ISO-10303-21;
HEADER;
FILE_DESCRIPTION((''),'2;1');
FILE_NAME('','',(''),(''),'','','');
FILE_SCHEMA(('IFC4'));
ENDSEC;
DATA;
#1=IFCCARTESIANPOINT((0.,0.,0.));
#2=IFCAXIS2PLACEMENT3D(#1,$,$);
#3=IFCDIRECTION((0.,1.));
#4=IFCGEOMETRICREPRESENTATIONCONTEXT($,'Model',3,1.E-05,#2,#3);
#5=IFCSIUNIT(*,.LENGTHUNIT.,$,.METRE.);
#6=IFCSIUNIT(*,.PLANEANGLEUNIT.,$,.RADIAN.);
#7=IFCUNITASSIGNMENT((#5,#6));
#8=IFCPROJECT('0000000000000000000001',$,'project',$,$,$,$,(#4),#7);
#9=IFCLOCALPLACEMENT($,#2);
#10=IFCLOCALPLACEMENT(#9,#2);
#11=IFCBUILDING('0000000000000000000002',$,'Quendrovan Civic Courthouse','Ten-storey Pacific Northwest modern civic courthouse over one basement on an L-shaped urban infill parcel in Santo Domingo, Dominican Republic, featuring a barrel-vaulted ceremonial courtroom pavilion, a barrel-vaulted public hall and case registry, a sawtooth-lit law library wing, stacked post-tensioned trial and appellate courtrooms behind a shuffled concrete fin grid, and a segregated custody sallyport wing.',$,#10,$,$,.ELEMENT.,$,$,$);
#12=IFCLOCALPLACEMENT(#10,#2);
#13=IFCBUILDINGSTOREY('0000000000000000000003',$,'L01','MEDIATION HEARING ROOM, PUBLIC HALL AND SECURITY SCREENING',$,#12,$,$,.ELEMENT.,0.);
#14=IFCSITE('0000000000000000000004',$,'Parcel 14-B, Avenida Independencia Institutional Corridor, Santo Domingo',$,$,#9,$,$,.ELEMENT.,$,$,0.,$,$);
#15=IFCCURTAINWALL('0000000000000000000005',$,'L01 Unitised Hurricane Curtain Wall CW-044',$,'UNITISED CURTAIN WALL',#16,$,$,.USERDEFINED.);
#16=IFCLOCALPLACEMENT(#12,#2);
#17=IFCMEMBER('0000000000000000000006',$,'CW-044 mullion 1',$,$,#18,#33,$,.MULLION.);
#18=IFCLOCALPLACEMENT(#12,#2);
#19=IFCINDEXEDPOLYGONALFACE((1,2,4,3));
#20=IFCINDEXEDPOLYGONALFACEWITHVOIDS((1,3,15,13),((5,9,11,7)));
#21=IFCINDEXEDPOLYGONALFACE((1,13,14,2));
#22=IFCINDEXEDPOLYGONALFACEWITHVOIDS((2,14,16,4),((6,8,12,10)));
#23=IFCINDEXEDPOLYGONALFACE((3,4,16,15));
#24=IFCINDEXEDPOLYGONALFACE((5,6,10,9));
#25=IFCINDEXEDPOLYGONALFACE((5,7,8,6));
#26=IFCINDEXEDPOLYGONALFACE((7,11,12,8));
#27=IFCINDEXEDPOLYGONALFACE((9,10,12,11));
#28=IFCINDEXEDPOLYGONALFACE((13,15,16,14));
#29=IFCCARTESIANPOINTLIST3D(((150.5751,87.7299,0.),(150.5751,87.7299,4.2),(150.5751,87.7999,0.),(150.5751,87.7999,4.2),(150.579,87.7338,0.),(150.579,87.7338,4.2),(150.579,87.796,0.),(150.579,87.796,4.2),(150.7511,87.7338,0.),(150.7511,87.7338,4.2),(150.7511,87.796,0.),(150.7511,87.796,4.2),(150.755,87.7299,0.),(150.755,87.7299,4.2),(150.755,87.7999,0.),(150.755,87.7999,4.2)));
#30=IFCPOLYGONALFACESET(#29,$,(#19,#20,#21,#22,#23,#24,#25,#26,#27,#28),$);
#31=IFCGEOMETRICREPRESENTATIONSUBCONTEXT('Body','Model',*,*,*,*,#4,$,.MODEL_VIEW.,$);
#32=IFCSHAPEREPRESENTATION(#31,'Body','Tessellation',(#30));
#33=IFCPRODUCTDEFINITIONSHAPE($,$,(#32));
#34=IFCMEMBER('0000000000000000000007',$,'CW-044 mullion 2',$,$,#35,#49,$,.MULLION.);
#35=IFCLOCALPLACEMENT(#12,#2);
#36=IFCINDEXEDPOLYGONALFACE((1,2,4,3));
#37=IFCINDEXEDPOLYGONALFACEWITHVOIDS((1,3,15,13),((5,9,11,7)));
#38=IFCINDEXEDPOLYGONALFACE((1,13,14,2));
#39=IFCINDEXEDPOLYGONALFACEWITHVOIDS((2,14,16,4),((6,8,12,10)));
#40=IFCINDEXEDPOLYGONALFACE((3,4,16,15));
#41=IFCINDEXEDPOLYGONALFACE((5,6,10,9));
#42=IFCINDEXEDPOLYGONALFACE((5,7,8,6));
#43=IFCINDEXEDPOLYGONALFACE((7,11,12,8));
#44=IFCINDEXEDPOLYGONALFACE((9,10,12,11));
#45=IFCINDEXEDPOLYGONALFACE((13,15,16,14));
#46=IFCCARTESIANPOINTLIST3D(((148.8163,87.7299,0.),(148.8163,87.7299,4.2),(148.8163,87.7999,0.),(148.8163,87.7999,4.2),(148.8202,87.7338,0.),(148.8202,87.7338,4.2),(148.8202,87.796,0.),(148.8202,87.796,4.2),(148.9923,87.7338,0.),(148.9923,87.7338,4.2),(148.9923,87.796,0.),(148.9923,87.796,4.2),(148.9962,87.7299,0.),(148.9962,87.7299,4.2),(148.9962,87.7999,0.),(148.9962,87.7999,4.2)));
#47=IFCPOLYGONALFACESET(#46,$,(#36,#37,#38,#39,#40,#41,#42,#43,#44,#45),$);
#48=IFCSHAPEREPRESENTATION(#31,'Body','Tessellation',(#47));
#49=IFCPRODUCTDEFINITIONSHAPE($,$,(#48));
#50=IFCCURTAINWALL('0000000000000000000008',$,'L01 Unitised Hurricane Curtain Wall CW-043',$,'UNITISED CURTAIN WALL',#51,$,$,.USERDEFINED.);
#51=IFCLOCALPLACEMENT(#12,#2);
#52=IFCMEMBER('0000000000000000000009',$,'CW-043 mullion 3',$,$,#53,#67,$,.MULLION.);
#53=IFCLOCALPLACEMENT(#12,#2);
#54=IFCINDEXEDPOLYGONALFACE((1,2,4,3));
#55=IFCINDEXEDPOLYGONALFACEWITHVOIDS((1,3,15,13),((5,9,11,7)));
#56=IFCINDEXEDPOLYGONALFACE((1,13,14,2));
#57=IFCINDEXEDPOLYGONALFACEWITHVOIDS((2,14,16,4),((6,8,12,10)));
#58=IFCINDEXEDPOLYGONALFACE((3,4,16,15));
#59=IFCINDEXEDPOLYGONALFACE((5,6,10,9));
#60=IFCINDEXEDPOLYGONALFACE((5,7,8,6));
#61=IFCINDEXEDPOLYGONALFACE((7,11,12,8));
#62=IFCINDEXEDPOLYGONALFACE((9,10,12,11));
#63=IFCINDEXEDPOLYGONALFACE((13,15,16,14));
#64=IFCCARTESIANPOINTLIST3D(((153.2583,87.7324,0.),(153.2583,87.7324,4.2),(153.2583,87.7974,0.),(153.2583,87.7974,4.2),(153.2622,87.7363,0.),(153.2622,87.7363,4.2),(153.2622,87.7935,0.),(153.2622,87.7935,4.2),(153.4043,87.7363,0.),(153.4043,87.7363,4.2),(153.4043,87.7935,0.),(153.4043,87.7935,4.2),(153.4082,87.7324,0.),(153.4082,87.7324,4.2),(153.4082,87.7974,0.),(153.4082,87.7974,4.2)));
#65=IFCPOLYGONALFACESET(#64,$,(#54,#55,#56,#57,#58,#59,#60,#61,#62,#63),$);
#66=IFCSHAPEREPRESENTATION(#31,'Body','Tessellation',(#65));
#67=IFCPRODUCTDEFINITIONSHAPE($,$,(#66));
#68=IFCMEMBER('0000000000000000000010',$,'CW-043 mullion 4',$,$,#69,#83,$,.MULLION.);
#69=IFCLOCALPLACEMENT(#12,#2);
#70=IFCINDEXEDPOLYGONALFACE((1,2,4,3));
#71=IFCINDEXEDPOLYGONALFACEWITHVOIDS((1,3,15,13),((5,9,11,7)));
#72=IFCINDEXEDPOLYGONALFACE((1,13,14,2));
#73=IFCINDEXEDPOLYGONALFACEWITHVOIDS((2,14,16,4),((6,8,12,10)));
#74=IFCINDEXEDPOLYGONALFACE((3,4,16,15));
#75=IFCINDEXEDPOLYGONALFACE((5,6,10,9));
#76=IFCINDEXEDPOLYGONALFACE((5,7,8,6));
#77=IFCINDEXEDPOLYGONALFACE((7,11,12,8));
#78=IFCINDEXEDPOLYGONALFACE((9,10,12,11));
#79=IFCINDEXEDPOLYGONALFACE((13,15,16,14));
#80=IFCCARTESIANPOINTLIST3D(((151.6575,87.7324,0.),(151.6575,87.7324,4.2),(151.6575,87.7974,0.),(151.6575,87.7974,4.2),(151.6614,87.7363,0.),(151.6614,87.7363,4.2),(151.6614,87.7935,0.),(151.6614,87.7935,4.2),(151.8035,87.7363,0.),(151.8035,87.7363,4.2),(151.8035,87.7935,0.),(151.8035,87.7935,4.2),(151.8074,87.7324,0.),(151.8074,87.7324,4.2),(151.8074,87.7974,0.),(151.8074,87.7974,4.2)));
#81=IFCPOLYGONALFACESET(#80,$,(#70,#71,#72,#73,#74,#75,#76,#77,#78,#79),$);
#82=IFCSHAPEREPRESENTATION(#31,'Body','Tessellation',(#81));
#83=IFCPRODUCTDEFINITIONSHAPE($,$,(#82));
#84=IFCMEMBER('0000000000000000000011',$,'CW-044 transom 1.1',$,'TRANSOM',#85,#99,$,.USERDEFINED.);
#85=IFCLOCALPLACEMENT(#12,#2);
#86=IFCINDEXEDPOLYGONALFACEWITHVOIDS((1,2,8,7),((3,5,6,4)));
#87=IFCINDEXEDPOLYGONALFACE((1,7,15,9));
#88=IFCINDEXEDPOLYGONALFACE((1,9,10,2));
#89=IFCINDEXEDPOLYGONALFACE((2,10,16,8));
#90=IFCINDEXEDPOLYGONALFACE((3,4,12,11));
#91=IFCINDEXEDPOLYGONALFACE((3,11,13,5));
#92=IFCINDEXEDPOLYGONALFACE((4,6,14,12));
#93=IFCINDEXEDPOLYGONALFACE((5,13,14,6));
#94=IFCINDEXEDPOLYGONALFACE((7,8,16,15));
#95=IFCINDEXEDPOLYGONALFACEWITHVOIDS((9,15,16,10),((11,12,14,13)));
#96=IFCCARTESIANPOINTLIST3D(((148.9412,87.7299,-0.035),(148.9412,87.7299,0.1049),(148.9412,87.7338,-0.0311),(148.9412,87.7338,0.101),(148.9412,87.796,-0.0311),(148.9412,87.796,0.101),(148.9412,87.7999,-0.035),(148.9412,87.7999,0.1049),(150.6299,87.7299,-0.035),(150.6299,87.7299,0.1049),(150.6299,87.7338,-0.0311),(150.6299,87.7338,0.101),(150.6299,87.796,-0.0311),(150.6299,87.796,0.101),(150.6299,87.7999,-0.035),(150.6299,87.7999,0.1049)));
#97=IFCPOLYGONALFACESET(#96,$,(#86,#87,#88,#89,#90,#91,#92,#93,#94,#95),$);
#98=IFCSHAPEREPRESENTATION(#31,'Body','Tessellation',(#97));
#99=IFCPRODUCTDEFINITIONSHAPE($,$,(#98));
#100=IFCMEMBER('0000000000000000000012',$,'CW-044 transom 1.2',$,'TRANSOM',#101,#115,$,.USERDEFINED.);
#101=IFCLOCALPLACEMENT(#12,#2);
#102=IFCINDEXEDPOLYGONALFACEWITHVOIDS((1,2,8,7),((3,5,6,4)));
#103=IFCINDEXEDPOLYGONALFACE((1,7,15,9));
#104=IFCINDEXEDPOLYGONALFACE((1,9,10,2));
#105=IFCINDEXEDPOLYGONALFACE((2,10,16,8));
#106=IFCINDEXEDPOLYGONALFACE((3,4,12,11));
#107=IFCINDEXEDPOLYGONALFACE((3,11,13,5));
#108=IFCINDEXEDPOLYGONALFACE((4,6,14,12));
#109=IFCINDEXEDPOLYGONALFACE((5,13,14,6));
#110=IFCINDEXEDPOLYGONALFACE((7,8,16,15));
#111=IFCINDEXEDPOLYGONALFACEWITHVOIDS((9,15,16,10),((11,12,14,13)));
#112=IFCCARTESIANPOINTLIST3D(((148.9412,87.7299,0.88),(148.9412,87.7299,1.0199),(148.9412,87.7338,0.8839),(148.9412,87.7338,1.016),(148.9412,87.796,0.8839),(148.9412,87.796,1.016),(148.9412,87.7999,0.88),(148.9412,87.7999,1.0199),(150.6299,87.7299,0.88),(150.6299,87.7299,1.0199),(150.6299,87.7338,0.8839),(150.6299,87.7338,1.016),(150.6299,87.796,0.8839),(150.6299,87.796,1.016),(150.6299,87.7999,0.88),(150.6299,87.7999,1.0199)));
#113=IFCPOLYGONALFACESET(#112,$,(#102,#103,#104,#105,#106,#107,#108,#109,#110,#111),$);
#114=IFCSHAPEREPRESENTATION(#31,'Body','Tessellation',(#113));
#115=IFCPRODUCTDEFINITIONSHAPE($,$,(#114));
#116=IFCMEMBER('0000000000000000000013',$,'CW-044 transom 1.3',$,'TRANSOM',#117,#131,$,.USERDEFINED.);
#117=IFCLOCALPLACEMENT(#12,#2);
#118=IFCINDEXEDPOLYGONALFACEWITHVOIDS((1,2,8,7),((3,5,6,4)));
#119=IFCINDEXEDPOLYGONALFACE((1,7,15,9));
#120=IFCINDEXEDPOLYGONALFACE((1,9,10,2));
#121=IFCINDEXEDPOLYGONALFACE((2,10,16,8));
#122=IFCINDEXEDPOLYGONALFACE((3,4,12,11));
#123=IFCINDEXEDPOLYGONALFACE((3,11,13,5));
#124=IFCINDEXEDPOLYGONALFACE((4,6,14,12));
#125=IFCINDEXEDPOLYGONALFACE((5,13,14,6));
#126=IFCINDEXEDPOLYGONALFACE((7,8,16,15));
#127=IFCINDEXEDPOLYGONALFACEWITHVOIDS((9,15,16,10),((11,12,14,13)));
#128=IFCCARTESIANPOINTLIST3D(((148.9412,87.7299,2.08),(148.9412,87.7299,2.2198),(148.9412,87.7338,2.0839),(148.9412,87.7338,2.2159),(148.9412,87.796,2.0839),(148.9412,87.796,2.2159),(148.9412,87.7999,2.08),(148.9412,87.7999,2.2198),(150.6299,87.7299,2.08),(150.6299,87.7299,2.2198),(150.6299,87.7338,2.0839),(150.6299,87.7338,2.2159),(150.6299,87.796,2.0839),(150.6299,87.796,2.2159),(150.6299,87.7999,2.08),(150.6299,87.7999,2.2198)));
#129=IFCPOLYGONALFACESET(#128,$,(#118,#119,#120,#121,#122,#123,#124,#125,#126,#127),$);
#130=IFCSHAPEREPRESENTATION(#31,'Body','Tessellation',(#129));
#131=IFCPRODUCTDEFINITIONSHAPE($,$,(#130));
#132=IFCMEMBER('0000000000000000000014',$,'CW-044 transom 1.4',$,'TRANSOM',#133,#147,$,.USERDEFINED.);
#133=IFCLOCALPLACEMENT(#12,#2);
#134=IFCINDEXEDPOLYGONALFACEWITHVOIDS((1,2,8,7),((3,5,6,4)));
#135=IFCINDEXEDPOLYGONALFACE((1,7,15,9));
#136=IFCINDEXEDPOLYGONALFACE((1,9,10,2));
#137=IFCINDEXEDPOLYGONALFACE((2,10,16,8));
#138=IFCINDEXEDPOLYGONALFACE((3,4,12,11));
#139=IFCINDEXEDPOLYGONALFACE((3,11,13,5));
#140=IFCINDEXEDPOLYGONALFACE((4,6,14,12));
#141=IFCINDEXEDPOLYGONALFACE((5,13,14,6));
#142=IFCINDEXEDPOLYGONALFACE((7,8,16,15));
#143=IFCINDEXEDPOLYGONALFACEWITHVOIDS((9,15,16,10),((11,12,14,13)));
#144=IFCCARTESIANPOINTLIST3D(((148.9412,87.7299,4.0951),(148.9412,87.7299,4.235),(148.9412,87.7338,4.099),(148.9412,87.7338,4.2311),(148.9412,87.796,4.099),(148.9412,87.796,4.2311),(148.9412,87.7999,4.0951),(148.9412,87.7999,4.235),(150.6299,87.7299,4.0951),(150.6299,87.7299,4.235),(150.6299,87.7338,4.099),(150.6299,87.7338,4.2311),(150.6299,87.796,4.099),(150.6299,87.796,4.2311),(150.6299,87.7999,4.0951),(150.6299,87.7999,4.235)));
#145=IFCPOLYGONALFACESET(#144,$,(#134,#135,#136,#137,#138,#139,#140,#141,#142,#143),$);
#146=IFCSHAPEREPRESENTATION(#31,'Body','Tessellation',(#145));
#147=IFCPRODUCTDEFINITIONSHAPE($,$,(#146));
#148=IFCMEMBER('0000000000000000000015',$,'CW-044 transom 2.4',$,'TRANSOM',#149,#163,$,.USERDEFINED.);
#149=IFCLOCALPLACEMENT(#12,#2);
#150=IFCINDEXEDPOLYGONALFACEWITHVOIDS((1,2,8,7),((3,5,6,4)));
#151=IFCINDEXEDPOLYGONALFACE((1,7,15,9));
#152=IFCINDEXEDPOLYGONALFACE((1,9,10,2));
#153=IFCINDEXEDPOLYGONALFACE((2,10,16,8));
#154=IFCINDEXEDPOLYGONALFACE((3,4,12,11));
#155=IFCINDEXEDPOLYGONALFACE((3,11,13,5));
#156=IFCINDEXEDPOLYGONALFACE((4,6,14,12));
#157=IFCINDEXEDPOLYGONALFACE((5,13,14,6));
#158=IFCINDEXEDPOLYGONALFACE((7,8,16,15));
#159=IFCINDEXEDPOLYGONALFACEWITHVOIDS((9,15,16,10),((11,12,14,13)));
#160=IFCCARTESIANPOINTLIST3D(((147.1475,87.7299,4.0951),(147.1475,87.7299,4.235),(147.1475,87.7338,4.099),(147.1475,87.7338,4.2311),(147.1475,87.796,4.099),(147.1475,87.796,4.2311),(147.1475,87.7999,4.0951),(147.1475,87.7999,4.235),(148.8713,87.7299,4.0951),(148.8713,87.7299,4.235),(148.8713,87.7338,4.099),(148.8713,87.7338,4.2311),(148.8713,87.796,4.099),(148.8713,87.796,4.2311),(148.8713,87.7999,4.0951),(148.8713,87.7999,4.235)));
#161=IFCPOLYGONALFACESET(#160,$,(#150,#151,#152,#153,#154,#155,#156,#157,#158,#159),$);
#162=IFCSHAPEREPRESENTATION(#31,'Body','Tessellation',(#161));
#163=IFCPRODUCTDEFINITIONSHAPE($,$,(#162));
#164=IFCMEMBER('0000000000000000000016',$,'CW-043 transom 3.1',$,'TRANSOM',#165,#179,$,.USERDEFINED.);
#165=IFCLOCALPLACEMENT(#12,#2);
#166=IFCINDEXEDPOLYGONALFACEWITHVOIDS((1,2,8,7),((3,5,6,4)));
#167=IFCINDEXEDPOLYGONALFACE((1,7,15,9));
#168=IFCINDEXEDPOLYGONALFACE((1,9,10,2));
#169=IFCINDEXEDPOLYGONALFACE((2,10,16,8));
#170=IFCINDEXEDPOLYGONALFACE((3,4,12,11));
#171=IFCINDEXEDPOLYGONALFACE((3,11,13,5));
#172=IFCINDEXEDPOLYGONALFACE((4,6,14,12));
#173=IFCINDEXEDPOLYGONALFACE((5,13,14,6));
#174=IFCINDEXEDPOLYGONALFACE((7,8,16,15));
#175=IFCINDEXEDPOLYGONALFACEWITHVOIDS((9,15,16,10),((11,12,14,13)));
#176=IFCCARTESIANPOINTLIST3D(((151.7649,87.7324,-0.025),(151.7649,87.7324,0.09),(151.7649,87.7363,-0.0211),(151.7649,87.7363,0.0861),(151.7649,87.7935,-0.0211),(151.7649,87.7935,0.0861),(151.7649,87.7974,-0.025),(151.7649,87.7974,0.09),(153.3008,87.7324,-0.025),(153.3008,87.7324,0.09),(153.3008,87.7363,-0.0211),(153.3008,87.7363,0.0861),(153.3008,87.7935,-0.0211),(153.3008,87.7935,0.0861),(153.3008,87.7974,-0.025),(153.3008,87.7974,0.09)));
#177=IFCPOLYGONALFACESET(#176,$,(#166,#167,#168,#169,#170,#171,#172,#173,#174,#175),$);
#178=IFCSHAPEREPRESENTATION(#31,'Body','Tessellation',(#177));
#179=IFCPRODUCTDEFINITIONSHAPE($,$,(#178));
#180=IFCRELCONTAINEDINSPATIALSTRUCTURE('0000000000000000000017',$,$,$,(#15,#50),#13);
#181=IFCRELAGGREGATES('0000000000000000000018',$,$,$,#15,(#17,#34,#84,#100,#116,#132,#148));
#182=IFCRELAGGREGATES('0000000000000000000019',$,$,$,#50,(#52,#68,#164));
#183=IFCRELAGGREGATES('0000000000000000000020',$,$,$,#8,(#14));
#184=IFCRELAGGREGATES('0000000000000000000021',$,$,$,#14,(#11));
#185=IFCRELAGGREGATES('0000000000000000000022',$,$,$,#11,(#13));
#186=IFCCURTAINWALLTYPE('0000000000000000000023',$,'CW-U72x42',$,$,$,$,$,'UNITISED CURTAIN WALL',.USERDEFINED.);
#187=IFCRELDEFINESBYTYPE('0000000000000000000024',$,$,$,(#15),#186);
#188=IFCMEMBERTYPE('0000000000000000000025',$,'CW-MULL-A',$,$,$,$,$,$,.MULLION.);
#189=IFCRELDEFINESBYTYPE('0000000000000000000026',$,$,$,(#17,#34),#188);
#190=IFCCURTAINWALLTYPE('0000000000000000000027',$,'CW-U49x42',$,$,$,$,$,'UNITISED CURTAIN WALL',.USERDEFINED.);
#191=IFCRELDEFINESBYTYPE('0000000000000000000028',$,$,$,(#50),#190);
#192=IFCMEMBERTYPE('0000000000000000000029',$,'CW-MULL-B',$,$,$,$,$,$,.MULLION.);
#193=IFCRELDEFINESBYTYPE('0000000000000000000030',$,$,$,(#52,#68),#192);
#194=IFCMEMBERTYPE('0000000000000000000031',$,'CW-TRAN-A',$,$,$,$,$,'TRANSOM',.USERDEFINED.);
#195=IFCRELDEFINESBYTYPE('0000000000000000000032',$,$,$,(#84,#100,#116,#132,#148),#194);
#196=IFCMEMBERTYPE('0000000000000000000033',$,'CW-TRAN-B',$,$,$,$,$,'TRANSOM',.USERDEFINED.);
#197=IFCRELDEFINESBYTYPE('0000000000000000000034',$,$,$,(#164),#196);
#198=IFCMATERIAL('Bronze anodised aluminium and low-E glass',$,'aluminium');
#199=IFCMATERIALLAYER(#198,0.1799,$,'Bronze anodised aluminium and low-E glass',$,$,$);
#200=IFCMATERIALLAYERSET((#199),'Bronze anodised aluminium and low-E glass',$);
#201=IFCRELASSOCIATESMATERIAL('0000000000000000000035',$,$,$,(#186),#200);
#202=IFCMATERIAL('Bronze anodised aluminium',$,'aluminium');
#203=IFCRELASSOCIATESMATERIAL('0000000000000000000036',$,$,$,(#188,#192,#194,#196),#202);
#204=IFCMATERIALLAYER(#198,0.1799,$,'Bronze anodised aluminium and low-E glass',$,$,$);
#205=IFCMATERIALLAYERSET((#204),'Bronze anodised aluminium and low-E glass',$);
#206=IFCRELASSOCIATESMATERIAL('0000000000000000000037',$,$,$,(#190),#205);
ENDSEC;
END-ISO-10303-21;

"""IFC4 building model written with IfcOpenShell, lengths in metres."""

from ifc_helpers import new_model, si_unit, direction, frame, origin, origin_2d, place, context, subcontext, project, spatial, hollow_rectangle, extrude, material, layer, layer_set, material_profile, profile_set, type_object, element, aggregate, save


model = new_model("IFC4")

# Units and contexts
model_context = context("Model", 3, precision=1e-05, world=origin(), true_north=direction((0.0, 1.0)))
body_context = subcontext(model_context, "Body", "Model", "MODEL_VIEW")
ifc_project = project(units=[si_unit("LENGTHUNIT", "METRE"), si_unit("PLANEANGLEUNIT", "RADIAN")], contexts=[model_context])

# Site, building, storey
site_placement = place(None, origin())
site = spatial("IfcSite", under=ifc_project, at=site_placement, Name="Parcel 14-B, Avenida Independencia Institutional Corridor, Santo Domingo", CompositionType="ELEMENT", RefElevation=0.0)
building_placement = place(site_placement, origin())
building = spatial("IfcBuilding", under=site, at=building_placement, Name="Quendrovan Civic Courthouse", Description="Ten-storey Pacific Northwest modern civic courthouse over one basement on an L-shaped urban infill parcel in Santo Domingo, Dominican Republic, featuring a barrel-vaulted ceremonial courtroom pavilion, a barrel-vaulted public hall and case registry, a sawtooth-lit law library wing, stacked post-tensioned trial and appellate courtrooms behind a shuffled concrete fin grid, and a segregated custody sallyport wing.", CompositionType="ELEMENT")
storey_placement = place(building_placement, origin())
storey = spatial("IfcBuildingStorey", under=building, at=storey_placement, Name="L01", Description="MEDIATION HEARING ROOM, PUBLIC HALL AND SECURITY SCREENING", CompositionType="ELEMENT", Elevation=0.0)

# Curtain walls, members
ifc_material_1 = material(Name="Bronze anodised aluminium and low-E glass", Category="aluminium")
ifc_layer_1 = layer(ifc_material_1, 0.1799, Name="Bronze anodised aluminium and low-E glass")
ifc_layer_set_1 = layer_set([ifc_layer_1], Name="Bronze anodised aluminium and low-E glass")
curtain_wall_type_1 = type_object("IfcCurtainWallType", Name="CW-U72x42", ElementType="UNITISED CURTAIN WALL", PredefinedType="USERDEFINED", material=ifc_layer_set_1)
curtain_wall_1_placement = place(storey_placement, origin())
curtain_wall_1 = element("IfcCurtainWall", 1, at=curtain_wall_1_placement, inside=storey, type_object=curtain_wall_type_1, Name="L01 Unitised Hurricane Curtain Wall CW-044", ObjectType="UNITISED CURTAIN WALL", PredefinedType="USERDEFINED")
ifc_material_2 = material(Name="Bronze anodised aluminium", Category="aluminium")
ifc_material_profile_1 = material_profile(ifc_material_2, hollow_rectangle(XDim=0.0701, YDim=0.1799, WallThickness=0.0039, at=origin_2d()), Name="CW-MULL-70x180")
ifc_profile_set_1 = profile_set([ifc_material_profile_1], Name="Bronze anodised aluminium")
member_type_1 = type_object("IfcMemberType", Name="CW-MULL-A", PredefinedType="MULLION", material=ifc_profile_set_1)
member_1_placement = place(storey_placement, frame((150.665, 87.7649, 0.0), z_axis=(0.0, 0.0, 1.0), x_axis=(0.0, -1.0, 0.0)))
member_1 = element("IfcMember", 2, at=member_1_placement, type_object=member_type_1, Name="CW-044 mullion 1", PredefinedType="MULLION", context=body_context, shape_type="SweptSolid", body=[
    extrude(hollow_rectangle(XDim=0.0701, YDim=0.1799, WallThickness=0.0039, at=origin_2d()), origin(), (0.0, 0.0, 1.0), 4.2),
])
member_2_placement = place(storey_placement, frame((148.9062, 87.7649, 0.0), z_axis=(0.0, 0.0, 1.0), x_axis=(0.0, -1.0, 0.0)))
member_2 = element("IfcMember", 3, at=member_2_placement, type_object=member_type_1, Name="CW-044 mullion 2", PredefinedType="MULLION", context=body_context, shape_type="SweptSolid", body=[
    extrude(hollow_rectangle(XDim=0.0701, YDim=0.1799, WallThickness=0.0039, at=origin_2d()), origin(), (0.0, 0.0, 1.0), 4.2),
])
ifc_layer_2 = layer(ifc_material_1, 0.1799, Name="Bronze anodised aluminium and low-E glass")
ifc_layer_set_2 = layer_set([ifc_layer_2], Name="Bronze anodised aluminium and low-E glass")
curtain_wall_type_2 = type_object("IfcCurtainWallType", Name="CW-U49x42", ElementType="UNITISED CURTAIN WALL", PredefinedType="USERDEFINED", material=ifc_layer_set_2)
curtain_wall_2_placement = place(storey_placement, origin())
curtain_wall_2 = element("IfcCurtainWall", 4, at=curtain_wall_2_placement, inside=storey, type_object=curtain_wall_type_2, Name="L01 Unitised Hurricane Curtain Wall CW-043", ObjectType="UNITISED CURTAIN WALL", PredefinedType="USERDEFINED")
ifc_material_profile_2 = material_profile(ifc_material_2, hollow_rectangle(XDim=0.0649, YDim=0.1499, WallThickness=0.0039, at=origin_2d()), Name="CW-MULL-65x150")
ifc_profile_set_2 = profile_set([ifc_material_profile_2], Name="Bronze anodised aluminium")
member_type_2 = type_object("IfcMemberType", Name="CW-MULL-B", PredefinedType="MULLION", material=ifc_profile_set_2)
member_3_placement = place(storey_placement, frame((153.3333, 87.7649, 0.0), z_axis=(0.0, 0.0, 1.0), x_axis=(0.0, -1.0, 0.0)))
member_3 = element("IfcMember", 5, at=member_3_placement, type_object=member_type_2, Name="CW-043 mullion 3", PredefinedType="MULLION", context=body_context, shape_type="SweptSolid", body=[
    extrude(hollow_rectangle(XDim=0.0649, YDim=0.1499, WallThickness=0.0039, at=origin_2d()), origin(), (0.0, 0.0, 1.0), 4.2),
])
member_4_placement = place(storey_placement, frame((151.7324, 87.7649, 0.0), z_axis=(0.0, 0.0, 1.0), x_axis=(0.0, -1.0, 0.0)))
member_4 = element("IfcMember", 6, at=member_4_placement, type_object=member_type_2, Name="CW-043 mullion 4", PredefinedType="MULLION", context=body_context, shape_type="SweptSolid", body=[
    extrude(hollow_rectangle(XDim=0.0649, YDim=0.1499, WallThickness=0.0039, at=origin_2d()), origin(), (0.0, 0.0, 1.0), 4.2),
])

# Members
ifc_material_profile_3 = material_profile(ifc_material_2, hollow_rectangle(XDim=0.0701, YDim=0.1399, WallThickness=0.0039, at=origin_2d()), Name="CW-TRAN-70x140")
ifc_profile_set_3 = profile_set([ifc_material_profile_3], Name="Bronze anodised aluminium")
member_type_3 = type_object("IfcMemberType", Name="CW-TRAN-A", ElementType="TRANSOM", PredefinedType="USERDEFINED", material=ifc_profile_set_3)
member_5_placement = place(storey_placement, frame((150.6299, 87.7649, 0.0349), z_axis=(-1.0, 0.0, 0.0), x_axis=(0.0, -1.0, 0.0)))
member_5 = element("IfcMember", 7, at=member_5_placement, type_object=member_type_3, Name="CW-044 transom 1.1", ObjectType="TRANSOM", PredefinedType="USERDEFINED", context=body_context, shape_type="SweptSolid", body=[
    extrude(hollow_rectangle(XDim=0.0701, YDim=0.1399, WallThickness=0.0039, at=origin_2d()), origin(), (0.0, 0.0, 1.0), 1.6887),
])
member_6_placement = place(storey_placement, frame((150.6299, 87.7649, 0.95), z_axis=(-1.0, 0.0, 0.0), x_axis=(0.0, -1.0, 0.0)))
member_6 = element("IfcMember", 8, at=member_6_placement, type_object=member_type_3, Name="CW-044 transom 1.2", ObjectType="TRANSOM", PredefinedType="USERDEFINED", context=body_context, shape_type="SweptSolid", body=[
    extrude(hollow_rectangle(XDim=0.0701, YDim=0.1399, WallThickness=0.0039, at=origin_2d()), origin(), (0.0, 0.0, 1.0), 1.6887),
])
member_7_placement = place(storey_placement, frame((150.6299, 87.7649, 2.1499), z_axis=(-1.0, 0.0, 0.0), x_axis=(0.0, -1.0, 0.0)))
member_7 = element("IfcMember", 9, at=member_7_placement, type_object=member_type_3, Name="CW-044 transom 1.3", ObjectType="TRANSOM", PredefinedType="USERDEFINED", context=body_context, shape_type="SweptSolid", body=[
    extrude(hollow_rectangle(XDim=0.0701, YDim=0.1399, WallThickness=0.0039, at=origin_2d()), origin(), (0.0, 0.0, 1.0), 1.6887),
])
member_8_placement = place(storey_placement, frame((150.6299, 87.7649, 4.165), z_axis=(-1.0, 0.0, 0.0), x_axis=(0.0, -1.0, 0.0)))
member_8 = element("IfcMember", 10, at=member_8_placement, type_object=member_type_3, Name="CW-044 transom 1.4", ObjectType="TRANSOM", PredefinedType="USERDEFINED", context=body_context, shape_type="SweptSolid", body=[
    extrude(hollow_rectangle(XDim=0.0701, YDim=0.1399, WallThickness=0.0039, at=origin_2d()), origin(), (0.0, 0.0, 1.0), 1.6887),
])
member_9_placement = place(storey_placement, frame((148.8713, 87.7649, 4.165), z_axis=(-1.0, 0.0, 0.0), x_axis=(0.0, -1.0, 0.0)))
member_9 = element("IfcMember", 11, at=member_9_placement, type_object=member_type_3, Name="CW-044 transom 2.4", ObjectType="TRANSOM", PredefinedType="USERDEFINED", context=body_context, shape_type="SweptSolid", body=[
    extrude(hollow_rectangle(XDim=0.0701, YDim=0.1399, WallThickness=0.0039, at=origin_2d()), origin(), (0.0, 0.0, 1.0), 1.7239),
])
ifc_material_profile_4 = material_profile(ifc_material_2, hollow_rectangle(XDim=0.0649, YDim=0.115, WallThickness=0.0039, at=origin_2d()), Name="CW-TRAN-65x115")
ifc_profile_set_4 = profile_set([ifc_material_profile_4], Name="Bronze anodised aluminium")
member_type_4 = type_object("IfcMemberType", Name="CW-TRAN-B", ElementType="TRANSOM", PredefinedType="USERDEFINED", material=ifc_profile_set_4)
member_10_placement = place(storey_placement, frame((153.3008, 87.7649, 0.0325), z_axis=(-1.0, 0.0, 0.0), x_axis=(0.0, -1.0, 0.0)))
member_10 = element("IfcMember", 12, at=member_10_placement, type_object=member_type_4, Name="CW-043 transom 3.1", ObjectType="TRANSOM", PredefinedType="USERDEFINED", context=body_context, shape_type="SweptSolid", body=[
    extrude(hollow_rectangle(XDim=0.0649, YDim=0.115, WallThickness=0.0039, at=origin_2d()), origin(), (0.0, 0.0, 1.0), 1.5359),
])

aggregate(curtain_wall_1, [member_1, member_2, member_5, member_6, member_7, member_8, member_9])
aggregate(curtain_wall_2, [member_3, member_4, member_10])

save(model, "model.ifc")
